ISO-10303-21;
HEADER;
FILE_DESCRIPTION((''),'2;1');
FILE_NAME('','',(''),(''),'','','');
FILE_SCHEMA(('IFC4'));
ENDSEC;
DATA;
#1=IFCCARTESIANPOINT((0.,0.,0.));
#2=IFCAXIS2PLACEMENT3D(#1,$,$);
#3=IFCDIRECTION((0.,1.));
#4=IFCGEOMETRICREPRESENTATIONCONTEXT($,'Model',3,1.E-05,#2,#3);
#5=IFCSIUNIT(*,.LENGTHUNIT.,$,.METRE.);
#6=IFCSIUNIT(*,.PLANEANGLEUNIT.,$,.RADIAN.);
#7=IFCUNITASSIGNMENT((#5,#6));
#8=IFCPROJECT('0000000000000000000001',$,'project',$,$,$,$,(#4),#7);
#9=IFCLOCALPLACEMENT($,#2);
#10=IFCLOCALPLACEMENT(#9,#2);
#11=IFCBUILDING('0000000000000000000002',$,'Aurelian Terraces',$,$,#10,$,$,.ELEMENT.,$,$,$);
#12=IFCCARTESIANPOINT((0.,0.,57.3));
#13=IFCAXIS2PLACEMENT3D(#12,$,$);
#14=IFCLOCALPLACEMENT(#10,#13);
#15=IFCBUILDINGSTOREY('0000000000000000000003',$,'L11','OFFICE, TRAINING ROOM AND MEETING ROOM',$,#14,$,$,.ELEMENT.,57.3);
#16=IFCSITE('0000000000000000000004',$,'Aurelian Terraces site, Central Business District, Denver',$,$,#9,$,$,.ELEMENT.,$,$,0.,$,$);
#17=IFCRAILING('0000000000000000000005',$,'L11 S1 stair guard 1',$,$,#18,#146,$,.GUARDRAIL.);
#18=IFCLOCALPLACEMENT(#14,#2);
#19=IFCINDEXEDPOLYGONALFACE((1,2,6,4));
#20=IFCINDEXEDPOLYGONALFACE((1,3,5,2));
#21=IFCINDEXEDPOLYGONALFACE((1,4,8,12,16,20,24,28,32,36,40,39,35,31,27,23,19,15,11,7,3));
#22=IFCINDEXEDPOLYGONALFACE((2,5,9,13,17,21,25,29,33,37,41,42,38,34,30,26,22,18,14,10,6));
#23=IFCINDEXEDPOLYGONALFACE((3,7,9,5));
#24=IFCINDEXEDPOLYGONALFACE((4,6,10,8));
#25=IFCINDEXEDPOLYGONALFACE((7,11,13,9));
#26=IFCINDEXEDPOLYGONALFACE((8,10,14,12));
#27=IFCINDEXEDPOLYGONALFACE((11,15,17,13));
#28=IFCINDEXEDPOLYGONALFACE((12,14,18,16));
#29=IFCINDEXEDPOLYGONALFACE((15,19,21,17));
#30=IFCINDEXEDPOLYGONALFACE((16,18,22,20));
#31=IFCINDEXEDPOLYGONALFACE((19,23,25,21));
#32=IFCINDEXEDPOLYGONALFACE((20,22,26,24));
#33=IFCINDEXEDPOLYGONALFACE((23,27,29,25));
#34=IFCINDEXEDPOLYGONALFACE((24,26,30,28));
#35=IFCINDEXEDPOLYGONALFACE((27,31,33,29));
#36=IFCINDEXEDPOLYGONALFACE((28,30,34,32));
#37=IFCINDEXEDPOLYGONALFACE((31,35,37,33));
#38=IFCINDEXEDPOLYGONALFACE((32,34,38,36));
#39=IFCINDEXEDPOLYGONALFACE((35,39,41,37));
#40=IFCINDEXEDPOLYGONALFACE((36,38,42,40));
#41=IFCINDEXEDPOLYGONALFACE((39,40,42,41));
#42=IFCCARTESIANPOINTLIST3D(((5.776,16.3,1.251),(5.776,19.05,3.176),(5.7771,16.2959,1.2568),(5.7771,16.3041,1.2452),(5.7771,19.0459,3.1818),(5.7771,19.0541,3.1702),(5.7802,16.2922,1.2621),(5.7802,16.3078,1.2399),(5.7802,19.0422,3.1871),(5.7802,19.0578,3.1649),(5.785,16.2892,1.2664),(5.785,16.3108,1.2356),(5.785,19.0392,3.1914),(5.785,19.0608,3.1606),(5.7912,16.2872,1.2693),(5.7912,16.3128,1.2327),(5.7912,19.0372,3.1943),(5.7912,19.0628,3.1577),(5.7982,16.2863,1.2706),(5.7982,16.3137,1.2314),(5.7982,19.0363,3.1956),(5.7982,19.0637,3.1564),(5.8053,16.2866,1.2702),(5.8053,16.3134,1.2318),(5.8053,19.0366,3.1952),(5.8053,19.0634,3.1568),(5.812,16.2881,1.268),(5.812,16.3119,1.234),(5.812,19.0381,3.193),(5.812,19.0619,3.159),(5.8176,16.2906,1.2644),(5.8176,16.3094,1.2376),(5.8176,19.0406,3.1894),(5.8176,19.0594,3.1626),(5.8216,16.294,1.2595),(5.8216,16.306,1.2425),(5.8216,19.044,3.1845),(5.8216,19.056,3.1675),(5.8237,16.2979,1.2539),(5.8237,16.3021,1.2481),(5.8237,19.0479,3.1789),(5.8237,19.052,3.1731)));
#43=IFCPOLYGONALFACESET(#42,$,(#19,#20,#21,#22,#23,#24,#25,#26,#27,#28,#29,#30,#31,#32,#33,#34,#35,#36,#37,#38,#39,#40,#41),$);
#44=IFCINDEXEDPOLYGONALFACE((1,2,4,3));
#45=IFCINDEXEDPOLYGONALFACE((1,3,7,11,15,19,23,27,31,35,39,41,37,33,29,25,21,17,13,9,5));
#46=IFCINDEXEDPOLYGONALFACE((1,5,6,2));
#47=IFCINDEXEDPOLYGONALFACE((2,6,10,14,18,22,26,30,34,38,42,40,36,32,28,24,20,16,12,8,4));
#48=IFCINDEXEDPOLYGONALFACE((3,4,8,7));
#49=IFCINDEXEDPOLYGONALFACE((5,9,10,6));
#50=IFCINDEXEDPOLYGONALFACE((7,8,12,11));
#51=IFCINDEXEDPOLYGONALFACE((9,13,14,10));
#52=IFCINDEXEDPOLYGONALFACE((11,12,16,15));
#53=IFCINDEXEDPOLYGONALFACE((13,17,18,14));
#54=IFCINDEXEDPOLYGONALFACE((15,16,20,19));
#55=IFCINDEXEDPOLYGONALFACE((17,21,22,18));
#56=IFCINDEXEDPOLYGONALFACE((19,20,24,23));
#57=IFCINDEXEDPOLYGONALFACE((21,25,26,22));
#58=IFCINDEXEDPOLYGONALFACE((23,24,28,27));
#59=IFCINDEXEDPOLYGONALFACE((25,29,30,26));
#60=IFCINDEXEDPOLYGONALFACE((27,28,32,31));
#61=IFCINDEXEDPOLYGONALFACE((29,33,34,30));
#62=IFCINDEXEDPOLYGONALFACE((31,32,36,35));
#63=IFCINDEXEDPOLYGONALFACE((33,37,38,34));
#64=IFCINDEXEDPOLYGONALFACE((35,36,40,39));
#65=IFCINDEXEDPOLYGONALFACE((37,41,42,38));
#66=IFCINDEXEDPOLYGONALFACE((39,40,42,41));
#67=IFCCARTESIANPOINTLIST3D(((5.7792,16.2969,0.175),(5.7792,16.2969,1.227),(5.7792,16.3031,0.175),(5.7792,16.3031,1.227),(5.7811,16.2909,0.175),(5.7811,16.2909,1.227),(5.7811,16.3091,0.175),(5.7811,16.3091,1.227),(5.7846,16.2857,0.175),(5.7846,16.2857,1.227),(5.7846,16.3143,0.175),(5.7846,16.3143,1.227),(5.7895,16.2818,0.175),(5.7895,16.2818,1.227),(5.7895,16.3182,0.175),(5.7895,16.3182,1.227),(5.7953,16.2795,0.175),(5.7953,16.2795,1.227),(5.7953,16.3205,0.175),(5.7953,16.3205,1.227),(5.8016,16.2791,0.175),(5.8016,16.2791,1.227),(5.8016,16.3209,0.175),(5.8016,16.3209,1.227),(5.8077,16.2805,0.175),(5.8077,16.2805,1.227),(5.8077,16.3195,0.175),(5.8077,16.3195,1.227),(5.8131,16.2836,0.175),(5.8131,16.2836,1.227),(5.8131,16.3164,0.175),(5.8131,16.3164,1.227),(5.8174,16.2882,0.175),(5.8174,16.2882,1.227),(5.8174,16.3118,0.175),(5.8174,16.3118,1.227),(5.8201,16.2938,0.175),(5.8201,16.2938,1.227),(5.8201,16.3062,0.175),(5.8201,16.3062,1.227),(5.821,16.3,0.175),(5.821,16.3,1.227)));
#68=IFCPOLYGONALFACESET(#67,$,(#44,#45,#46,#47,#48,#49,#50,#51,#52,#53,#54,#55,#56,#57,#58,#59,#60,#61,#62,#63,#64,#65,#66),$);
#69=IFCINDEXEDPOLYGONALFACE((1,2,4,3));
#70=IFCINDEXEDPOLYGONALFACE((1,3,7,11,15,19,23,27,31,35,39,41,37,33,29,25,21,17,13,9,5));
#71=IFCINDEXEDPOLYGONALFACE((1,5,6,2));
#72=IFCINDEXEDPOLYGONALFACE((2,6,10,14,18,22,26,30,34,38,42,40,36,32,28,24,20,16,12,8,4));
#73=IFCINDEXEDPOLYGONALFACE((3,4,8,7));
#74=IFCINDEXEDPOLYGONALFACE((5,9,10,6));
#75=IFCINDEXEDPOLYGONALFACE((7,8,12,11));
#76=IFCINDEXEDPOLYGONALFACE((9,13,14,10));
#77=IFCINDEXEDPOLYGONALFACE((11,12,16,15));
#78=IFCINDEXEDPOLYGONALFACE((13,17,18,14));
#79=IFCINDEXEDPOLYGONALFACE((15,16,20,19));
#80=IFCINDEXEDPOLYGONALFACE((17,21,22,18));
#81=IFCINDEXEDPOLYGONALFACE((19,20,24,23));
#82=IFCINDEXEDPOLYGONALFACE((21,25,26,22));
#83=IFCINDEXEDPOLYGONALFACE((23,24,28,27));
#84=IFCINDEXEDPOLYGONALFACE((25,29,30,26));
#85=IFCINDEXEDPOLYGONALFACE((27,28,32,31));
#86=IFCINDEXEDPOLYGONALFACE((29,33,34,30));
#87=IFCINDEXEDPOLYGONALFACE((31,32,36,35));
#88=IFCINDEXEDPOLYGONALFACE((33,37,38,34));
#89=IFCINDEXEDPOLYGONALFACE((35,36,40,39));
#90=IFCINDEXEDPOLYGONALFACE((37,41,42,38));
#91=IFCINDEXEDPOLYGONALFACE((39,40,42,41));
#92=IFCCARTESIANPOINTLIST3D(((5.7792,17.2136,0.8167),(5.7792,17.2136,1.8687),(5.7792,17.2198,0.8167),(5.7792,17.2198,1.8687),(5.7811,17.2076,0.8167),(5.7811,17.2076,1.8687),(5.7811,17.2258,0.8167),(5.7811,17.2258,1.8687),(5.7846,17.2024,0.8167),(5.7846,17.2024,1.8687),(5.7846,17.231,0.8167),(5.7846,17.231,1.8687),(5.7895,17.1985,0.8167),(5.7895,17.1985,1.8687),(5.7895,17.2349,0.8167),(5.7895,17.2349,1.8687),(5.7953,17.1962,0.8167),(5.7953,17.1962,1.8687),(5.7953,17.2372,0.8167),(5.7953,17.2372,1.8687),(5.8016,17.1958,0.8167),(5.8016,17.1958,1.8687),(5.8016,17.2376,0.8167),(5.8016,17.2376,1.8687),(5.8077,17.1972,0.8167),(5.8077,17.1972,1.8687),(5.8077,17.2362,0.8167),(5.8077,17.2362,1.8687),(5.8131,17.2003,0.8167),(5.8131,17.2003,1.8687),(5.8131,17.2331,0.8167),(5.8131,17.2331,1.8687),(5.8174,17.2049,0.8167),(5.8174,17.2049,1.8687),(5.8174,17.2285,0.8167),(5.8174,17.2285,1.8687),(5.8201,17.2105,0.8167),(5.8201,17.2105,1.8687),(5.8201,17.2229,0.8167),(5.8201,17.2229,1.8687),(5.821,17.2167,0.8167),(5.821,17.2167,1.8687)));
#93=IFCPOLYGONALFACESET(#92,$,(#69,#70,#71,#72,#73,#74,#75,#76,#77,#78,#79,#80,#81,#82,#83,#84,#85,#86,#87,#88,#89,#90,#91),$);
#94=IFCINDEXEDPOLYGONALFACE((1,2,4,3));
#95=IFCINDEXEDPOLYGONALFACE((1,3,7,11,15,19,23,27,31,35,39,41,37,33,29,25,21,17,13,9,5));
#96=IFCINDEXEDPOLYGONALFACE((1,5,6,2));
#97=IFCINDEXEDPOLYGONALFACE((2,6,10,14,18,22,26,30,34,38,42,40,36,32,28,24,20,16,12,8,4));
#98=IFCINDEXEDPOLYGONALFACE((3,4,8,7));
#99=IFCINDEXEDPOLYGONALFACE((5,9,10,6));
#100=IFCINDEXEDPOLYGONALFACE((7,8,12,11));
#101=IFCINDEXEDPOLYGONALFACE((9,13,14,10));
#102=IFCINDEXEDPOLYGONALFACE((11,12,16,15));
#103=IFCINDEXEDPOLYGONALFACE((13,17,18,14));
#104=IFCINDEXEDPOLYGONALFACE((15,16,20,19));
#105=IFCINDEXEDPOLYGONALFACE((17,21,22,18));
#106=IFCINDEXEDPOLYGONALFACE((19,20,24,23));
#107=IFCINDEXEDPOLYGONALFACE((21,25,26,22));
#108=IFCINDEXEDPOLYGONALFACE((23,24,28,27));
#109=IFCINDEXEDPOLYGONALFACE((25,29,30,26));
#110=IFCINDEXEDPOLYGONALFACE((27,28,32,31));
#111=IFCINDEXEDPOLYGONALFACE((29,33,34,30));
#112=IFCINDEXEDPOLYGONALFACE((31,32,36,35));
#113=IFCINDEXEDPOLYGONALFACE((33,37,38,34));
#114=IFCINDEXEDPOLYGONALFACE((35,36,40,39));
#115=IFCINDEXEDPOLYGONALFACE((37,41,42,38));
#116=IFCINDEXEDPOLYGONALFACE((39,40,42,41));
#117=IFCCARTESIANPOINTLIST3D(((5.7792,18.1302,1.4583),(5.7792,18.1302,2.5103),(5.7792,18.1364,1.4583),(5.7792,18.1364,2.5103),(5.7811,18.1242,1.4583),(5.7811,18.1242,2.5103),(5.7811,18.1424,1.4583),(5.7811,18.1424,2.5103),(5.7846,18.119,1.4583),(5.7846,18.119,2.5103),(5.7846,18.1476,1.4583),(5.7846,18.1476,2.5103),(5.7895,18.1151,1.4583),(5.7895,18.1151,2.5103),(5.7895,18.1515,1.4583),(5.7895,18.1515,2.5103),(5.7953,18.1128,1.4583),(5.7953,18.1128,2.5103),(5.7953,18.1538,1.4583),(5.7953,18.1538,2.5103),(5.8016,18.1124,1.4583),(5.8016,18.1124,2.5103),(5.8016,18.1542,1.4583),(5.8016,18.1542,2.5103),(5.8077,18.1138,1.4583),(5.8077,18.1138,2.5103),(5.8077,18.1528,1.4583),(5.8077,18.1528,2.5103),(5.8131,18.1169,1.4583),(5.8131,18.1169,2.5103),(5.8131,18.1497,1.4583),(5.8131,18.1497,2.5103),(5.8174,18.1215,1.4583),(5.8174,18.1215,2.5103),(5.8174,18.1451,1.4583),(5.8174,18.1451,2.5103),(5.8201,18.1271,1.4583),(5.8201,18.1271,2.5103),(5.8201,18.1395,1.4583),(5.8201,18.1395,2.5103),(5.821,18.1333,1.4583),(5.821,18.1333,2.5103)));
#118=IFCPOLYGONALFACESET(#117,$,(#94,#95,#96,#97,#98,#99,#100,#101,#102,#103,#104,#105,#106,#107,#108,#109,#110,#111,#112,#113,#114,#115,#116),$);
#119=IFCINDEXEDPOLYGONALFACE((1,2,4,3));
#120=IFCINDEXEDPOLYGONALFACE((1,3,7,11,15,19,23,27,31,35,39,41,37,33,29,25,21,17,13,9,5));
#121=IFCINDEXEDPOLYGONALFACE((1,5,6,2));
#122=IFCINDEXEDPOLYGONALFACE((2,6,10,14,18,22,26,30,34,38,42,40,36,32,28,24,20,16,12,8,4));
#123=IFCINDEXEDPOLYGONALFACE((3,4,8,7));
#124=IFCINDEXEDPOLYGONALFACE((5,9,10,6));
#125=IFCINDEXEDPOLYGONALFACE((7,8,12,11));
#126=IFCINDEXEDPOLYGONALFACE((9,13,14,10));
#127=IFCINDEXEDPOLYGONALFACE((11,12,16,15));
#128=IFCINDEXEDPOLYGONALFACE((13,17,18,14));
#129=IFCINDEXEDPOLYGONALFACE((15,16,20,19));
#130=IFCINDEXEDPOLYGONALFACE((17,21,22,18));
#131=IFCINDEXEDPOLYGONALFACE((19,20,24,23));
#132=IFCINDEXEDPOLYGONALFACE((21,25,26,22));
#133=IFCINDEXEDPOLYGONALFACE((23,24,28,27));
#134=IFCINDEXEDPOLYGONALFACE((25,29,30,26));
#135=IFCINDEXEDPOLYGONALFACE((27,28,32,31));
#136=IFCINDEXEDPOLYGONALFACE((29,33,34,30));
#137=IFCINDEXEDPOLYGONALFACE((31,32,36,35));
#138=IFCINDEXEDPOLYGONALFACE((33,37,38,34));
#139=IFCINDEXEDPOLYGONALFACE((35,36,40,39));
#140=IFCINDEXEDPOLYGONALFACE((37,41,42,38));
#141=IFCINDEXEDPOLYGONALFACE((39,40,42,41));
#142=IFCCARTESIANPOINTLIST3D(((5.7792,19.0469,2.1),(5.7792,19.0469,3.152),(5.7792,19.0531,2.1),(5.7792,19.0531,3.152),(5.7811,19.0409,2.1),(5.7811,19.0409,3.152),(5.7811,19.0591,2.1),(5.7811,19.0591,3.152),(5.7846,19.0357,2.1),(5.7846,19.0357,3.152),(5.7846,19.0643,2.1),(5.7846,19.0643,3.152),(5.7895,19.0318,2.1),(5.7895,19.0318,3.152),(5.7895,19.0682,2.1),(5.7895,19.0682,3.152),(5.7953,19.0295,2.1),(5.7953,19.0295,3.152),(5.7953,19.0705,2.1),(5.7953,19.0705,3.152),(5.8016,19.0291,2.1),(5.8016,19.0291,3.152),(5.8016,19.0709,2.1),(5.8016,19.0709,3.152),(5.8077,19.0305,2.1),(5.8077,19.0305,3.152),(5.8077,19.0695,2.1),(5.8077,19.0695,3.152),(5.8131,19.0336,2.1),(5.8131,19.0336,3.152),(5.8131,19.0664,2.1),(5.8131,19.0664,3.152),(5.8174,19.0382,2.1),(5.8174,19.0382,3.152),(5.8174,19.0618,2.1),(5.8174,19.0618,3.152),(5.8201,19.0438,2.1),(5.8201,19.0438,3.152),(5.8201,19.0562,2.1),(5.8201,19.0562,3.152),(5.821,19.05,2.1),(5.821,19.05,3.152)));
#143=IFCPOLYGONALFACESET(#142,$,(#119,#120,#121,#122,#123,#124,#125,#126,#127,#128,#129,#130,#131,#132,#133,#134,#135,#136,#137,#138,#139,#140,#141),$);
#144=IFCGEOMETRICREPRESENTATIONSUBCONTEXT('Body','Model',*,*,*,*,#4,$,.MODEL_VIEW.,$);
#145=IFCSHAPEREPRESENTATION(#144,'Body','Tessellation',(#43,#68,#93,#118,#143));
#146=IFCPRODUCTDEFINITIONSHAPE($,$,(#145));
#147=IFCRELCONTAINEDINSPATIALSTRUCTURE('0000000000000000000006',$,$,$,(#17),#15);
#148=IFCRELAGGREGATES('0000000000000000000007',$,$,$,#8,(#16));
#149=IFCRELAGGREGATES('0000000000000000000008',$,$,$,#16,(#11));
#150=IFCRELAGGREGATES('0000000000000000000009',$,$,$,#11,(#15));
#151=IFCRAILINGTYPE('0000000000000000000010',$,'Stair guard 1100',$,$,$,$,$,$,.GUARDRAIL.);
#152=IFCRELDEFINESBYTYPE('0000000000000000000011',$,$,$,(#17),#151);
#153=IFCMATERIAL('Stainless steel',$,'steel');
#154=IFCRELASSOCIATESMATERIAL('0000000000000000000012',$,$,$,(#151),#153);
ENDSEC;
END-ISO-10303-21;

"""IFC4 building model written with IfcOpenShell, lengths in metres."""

from ifc_helpers import new_model, si_unit, direction, frame, origin, origin_2d, place, context, subcontext, project, spatial, circle, extrude, source, transform, mapped, material, type_object, element, save


model = new_model("IFC4")

# Units and contexts
model_context = context("Model", 3, precision=1e-05, world=origin(), true_north=direction((0.0, 1.0)))
body_context = subcontext(model_context, "Body", "Model", "MODEL_VIEW")
ifc_project = project(units=[si_unit("LENGTHUNIT", "METRE"), si_unit("PLANEANGLEUNIT", "RADIAN")], contexts=[model_context])

# Site, building, storey
site_placement = place(None, origin())
site = spatial("IfcSite", under=ifc_project, at=site_placement, Name="Aurelian Terraces site, Central Business District, Denver", CompositionType="ELEMENT", RefElevation=0.0)
building_placement = place(site_placement, origin())
building = spatial("IfcBuilding", under=site, at=building_placement, Name="Aurelian Terraces", CompositionType="ELEMENT")
storey_placement = place(building_placement, frame((0.0, 0.0, 57.3)))
storey = spatial("IfcBuildingStorey", under=building, at=storey_placement, Name="L11", Description="OFFICE, TRAINING ROOM AND MEETING ROOM", CompositionType="ELEMENT", Elevation=57.3)

# Shared definitions
ifc_material_1 = material(Name="Stainless steel", Category="steel")

# Railing
railing_type_1 = type_object("IfcRailingType", Name="Stair guard 1100", PredefinedType="GUARDRAIL", material=ifc_material_1)
shared_shape_1 = source(origin(), body_context, "Body", "SweptSolid", [
    extrude(circle(Radius=0.024, at=origin_2d()), frame((0.0, 0.0, 1.076), z_axis=(0.0, 0.819232, 0.573462), x_axis=(-1.0, 0.0, 0.0)), (0.0, 0.0, 1.0), 3.3568),
    extrude(circle(Radius=0.021, at=origin_2d()), origin(), (0.0, 0.0, 1.0), 1.052),
    extrude(circle(Radius=0.021, at=origin_2d()), frame((0.0, 0.9167, 0.6417)), (0.0, 0.0, 1.0), 1.052),
    extrude(circle(Radius=0.021, at=origin_2d()), frame((0.0, 1.8333, 1.2833)), (0.0, 0.0, 1.0), 1.052),
    extrude(circle(Radius=0.021, at=origin_2d()), frame((0.0, 2.75, 1.925)), (0.0, 0.0, 1.0), 1.052),
])
railing_1_placement = place(storey_placement, frame((5.8, 16.3, 0.175)))
element("IfcRailing", 1, at=railing_1_placement, inside=storey, type_object=railing_type_1, Name="L11 S1 stair guard 1", PredefinedType="GUARDRAIL", context=body_context, shape_type="MappedRepresentation", body=[
    mapped(shared_shape_1, transform((0.0, 0.0, 0.0), scale=1.0)),
])

save(model, "model.ifc")
